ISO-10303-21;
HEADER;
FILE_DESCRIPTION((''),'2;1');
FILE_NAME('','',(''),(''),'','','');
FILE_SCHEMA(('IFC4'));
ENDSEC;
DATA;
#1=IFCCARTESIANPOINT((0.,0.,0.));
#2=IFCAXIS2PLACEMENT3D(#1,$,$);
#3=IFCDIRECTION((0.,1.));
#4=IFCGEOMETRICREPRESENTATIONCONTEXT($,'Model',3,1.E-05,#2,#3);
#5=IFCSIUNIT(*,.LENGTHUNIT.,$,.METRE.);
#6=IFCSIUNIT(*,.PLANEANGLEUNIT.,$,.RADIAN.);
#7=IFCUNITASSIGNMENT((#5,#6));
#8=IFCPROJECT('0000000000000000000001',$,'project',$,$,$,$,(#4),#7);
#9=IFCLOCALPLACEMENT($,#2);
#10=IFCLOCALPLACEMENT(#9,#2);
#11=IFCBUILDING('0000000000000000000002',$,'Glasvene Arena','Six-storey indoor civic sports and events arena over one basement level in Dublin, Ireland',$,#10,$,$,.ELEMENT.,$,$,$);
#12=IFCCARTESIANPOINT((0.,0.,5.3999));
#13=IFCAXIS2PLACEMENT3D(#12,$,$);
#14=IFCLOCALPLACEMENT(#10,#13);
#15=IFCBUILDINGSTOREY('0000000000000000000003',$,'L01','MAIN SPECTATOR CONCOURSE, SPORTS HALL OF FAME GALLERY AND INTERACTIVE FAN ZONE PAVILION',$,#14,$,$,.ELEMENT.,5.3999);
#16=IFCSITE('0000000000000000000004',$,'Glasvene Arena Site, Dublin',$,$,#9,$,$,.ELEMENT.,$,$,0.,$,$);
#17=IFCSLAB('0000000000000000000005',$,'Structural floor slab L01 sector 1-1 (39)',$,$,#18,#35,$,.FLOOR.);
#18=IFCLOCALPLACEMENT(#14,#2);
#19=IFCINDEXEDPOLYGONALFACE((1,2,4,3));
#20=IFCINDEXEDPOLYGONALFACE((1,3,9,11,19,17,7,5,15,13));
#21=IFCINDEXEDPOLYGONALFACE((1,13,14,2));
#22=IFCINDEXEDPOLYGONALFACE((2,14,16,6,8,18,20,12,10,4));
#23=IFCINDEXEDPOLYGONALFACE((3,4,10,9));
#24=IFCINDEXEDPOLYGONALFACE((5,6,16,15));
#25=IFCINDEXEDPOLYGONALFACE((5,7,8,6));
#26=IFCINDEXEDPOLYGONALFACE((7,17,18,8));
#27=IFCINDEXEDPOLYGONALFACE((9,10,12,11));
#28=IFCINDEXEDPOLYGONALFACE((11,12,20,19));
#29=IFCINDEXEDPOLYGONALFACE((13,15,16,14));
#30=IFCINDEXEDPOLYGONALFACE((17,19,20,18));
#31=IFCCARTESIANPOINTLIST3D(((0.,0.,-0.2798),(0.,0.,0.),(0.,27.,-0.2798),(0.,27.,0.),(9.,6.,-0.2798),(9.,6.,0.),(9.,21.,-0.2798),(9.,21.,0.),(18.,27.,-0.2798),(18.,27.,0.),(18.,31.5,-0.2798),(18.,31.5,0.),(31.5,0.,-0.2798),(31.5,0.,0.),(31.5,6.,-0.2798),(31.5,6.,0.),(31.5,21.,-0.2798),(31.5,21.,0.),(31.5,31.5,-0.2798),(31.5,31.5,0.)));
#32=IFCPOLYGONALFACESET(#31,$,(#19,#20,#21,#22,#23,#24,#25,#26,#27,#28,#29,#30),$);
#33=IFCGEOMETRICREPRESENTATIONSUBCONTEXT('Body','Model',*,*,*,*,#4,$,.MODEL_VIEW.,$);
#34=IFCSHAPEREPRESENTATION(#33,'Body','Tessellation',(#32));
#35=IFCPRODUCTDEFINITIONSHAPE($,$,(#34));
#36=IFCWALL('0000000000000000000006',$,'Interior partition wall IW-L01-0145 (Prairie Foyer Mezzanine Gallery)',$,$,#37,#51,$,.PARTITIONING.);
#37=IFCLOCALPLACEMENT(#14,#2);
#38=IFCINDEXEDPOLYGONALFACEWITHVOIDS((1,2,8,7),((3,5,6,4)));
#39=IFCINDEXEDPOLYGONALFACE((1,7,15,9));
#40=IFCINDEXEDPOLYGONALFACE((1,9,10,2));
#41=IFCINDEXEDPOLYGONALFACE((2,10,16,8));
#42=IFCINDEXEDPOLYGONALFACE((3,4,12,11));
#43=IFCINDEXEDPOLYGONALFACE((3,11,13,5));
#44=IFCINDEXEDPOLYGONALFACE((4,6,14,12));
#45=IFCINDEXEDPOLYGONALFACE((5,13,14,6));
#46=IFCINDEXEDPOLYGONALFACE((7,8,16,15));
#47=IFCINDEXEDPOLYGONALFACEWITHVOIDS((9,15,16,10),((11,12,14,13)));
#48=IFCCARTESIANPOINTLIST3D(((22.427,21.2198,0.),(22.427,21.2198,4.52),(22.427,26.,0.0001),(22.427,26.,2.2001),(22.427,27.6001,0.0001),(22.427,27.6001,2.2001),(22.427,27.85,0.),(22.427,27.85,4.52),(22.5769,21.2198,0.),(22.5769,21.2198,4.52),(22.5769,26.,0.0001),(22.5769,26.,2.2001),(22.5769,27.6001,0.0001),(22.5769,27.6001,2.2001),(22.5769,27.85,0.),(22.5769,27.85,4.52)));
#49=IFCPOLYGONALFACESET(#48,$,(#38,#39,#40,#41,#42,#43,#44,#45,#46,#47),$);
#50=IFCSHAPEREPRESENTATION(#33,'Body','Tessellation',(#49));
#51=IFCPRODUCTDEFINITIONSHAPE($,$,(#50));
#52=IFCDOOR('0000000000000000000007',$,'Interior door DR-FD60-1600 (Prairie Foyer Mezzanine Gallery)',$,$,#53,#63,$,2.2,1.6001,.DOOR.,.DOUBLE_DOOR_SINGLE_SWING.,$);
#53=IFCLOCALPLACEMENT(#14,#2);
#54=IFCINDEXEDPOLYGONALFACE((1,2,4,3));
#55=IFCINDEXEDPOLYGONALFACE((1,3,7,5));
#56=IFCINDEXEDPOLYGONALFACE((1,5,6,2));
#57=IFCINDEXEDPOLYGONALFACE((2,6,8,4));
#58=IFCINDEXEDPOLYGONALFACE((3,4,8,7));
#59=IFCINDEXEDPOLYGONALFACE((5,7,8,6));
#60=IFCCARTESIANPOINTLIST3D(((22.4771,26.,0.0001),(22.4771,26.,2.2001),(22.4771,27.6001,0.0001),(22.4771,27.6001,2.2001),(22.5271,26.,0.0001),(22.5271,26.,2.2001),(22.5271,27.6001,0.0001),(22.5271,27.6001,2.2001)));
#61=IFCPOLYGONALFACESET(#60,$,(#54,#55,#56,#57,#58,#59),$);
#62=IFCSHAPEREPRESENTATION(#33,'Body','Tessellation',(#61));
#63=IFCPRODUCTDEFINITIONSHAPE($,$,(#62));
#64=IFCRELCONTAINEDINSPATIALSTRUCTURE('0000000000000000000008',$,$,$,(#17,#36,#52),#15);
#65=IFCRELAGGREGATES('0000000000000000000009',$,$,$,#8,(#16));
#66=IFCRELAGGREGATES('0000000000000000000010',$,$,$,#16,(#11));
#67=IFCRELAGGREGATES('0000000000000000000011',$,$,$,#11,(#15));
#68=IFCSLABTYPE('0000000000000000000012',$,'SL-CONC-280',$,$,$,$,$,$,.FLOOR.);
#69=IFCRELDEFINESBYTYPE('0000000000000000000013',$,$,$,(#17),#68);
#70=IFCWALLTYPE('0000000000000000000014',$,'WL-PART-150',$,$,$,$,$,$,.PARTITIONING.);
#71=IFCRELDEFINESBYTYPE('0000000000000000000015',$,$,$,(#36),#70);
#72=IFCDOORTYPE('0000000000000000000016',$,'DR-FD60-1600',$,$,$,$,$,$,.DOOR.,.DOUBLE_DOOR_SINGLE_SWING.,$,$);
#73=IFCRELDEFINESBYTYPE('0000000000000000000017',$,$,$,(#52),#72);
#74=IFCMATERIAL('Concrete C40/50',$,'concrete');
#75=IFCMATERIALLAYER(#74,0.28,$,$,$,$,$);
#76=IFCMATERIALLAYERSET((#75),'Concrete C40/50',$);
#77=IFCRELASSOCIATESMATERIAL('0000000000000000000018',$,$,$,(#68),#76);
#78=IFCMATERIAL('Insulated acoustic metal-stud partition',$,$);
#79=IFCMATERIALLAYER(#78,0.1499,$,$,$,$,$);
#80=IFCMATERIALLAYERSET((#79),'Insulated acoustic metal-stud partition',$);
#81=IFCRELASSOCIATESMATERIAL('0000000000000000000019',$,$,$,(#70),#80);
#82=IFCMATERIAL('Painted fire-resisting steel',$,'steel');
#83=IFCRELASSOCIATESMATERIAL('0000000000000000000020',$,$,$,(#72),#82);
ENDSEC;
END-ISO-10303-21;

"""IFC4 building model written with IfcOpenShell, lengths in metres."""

from ifc_helpers import new_model, si_unit, direction, frame, frame_2d, origin, place, context, subcontext, project, spatial, polyline, rectangle, outline, extrude, material, layer, layer_set, type_object, element, fill, save


model = new_model("IFC4")

# Units and contexts
model_context = context("Model", 3, precision=1e-05, world=origin(), true_north=direction((0.0, 1.0)))
body_context = subcontext(model_context, "Body", "Model", "MODEL_VIEW")
ifc_project = project(units=[si_unit("LENGTHUNIT", "METRE"), si_unit("PLANEANGLEUNIT", "RADIAN")], contexts=[model_context])

# Site, building, storey
site_placement = place(None, origin())
site = spatial("IfcSite", under=ifc_project, at=site_placement, Name="Glasvene Arena Site, Dublin", CompositionType="ELEMENT", RefElevation=0.0)
building_placement = place(site_placement, origin())
building = spatial("IfcBuilding", under=site, at=building_placement, Name="Glasvene Arena", Description="Six-storey indoor civic sports and events arena over one basement level in Dublin, Ireland", CompositionType="ELEMENT")
storey_placement = place(building_placement, frame((0.0, 0.0, 5.3999)))
storey = spatial("IfcBuildingStorey", under=building, at=storey_placement, Name="L01", Description="MAIN SPECTATOR CONCOURSE, SPORTS HALL OF FAME GALLERY AND INTERACTIVE FAN ZONE PAVILION", CompositionType="ELEMENT", Elevation=5.3999)

# Slab
ifc_material_1 = material(Name="Concrete C40/50", Category="concrete")
ifc_layer_1 = layer(ifc_material_1, 0.28)
ifc_layer_set_1 = layer_set([ifc_layer_1], Name="Concrete C40/50")
slab_type = type_object("IfcSlabType", Name="SL-CONC-280", PredefinedType="FLOOR", material=ifc_layer_set_1)
slab_placement = place(storey_placement, frame((18.0, 17.1001, -0.2798)))
element("IfcSlab", 1, at=slab_placement, inside=storey, type_object=slab_type, Name="Structural floor slab L01 sector 1-1 (39)", PredefinedType="FLOOR", context=body_context, shape_type="SweptSolid", body=[
    extrude(outline(polyline([(-18.0, -17.1001), (-18.0, 9.8999), (0.0, 9.8999), (0.0, 14.3999), (13.5, 14.3999), (13.5, 3.8999), (-9.0, 3.8999), (-9.0, -11.1001), (13.5, -11.1001), (13.5, -17.1001), (-18.0, -17.1001)])), origin(), (0.0, 0.0, 1.0), 0.2798),
])

# Wall, opening, door
ifc_material_2 = material(Name="Insulated acoustic metal-stud partition")
ifc_layer_2 = layer(ifc_material_2, 0.1499)
ifc_layer_set_2 = layer_set([ifc_layer_2], Name="Insulated acoustic metal-stud partition")
wall_type = type_object("IfcWallType", Name="WL-PART-150", PredefinedType="PARTITIONING", material=ifc_layer_set_2)
wall_placement = place(storey_placement, frame((22.502, 21.22, 0.0), z_axis=(0.0, 0.0, 1.0), x_axis=(0.0, 1.0, 0.0)))
wall = element("IfcWall", 2, at=wall_placement, inside=storey, type_object=wall_type, Name="Interior partition wall IW-L01-0145 (Prairie Foyer Mezzanine Gallery)", PredefinedType="PARTITIONING", context=body_context, shape_type="SweptSolid", body=[
    extrude(rectangle(XDim=6.6301, YDim=0.1499, at=frame_2d((3.3149, 0.0))), origin(), (0.0, 0.0, 1.0), 4.52),
])
opening_placement = place(wall_placement, frame((4.78, 0.0, 0.0)))
opening = element("IfcOpeningElement", 3, at=opening_placement, cuts=wall, PredefinedType="OPENING", context=body_context, shape_type="SweptSolid", body=[
    extrude(rectangle(XDim=1.6001, YDim=2.2, at=frame_2d((0.8, 1.1001))), frame((0.0, 0.085, 0.0), z_axis=(0.0, -1.0, 0.0), x_axis=(1.0, 0.0, 0.0)), (0.0, 0.0, 1.0), 0.1699),
])
ifc_material_3 = material(Name="Painted fire-resisting steel", Category="steel")
door_type = type_object("IfcDoorType", Name="DR-FD60-1600", OperationType="DOUBLE_DOOR_SINGLE_SWING", PredefinedType="DOOR", material=ifc_material_3)
door_placement = place(opening_placement, origin())
door = element("IfcDoor", 4, at=door_placement, inside=storey, type_object=door_type, Name="Interior door DR-FD60-1600 (Prairie Foyer Mezzanine Gallery)", OperationType="DOUBLE_DOOR_SINGLE_SWING", OverallHeight=2.2, OverallWidth=1.6001, PredefinedType="DOOR", context=body_context, shape_type="SweptSolid", body=[
    extrude(rectangle(XDim=1.6001, YDim=2.2, at=frame_2d((0.8, 1.1001))), frame((0.0, 0.0249, 0.0), z_axis=(0.0, -1.0, 0.0), x_axis=(1.0, 0.0, 0.0)), (0.0, 0.0, 1.0), 0.05),
])
fill(opening, door)

save(model, "model.ifc")
